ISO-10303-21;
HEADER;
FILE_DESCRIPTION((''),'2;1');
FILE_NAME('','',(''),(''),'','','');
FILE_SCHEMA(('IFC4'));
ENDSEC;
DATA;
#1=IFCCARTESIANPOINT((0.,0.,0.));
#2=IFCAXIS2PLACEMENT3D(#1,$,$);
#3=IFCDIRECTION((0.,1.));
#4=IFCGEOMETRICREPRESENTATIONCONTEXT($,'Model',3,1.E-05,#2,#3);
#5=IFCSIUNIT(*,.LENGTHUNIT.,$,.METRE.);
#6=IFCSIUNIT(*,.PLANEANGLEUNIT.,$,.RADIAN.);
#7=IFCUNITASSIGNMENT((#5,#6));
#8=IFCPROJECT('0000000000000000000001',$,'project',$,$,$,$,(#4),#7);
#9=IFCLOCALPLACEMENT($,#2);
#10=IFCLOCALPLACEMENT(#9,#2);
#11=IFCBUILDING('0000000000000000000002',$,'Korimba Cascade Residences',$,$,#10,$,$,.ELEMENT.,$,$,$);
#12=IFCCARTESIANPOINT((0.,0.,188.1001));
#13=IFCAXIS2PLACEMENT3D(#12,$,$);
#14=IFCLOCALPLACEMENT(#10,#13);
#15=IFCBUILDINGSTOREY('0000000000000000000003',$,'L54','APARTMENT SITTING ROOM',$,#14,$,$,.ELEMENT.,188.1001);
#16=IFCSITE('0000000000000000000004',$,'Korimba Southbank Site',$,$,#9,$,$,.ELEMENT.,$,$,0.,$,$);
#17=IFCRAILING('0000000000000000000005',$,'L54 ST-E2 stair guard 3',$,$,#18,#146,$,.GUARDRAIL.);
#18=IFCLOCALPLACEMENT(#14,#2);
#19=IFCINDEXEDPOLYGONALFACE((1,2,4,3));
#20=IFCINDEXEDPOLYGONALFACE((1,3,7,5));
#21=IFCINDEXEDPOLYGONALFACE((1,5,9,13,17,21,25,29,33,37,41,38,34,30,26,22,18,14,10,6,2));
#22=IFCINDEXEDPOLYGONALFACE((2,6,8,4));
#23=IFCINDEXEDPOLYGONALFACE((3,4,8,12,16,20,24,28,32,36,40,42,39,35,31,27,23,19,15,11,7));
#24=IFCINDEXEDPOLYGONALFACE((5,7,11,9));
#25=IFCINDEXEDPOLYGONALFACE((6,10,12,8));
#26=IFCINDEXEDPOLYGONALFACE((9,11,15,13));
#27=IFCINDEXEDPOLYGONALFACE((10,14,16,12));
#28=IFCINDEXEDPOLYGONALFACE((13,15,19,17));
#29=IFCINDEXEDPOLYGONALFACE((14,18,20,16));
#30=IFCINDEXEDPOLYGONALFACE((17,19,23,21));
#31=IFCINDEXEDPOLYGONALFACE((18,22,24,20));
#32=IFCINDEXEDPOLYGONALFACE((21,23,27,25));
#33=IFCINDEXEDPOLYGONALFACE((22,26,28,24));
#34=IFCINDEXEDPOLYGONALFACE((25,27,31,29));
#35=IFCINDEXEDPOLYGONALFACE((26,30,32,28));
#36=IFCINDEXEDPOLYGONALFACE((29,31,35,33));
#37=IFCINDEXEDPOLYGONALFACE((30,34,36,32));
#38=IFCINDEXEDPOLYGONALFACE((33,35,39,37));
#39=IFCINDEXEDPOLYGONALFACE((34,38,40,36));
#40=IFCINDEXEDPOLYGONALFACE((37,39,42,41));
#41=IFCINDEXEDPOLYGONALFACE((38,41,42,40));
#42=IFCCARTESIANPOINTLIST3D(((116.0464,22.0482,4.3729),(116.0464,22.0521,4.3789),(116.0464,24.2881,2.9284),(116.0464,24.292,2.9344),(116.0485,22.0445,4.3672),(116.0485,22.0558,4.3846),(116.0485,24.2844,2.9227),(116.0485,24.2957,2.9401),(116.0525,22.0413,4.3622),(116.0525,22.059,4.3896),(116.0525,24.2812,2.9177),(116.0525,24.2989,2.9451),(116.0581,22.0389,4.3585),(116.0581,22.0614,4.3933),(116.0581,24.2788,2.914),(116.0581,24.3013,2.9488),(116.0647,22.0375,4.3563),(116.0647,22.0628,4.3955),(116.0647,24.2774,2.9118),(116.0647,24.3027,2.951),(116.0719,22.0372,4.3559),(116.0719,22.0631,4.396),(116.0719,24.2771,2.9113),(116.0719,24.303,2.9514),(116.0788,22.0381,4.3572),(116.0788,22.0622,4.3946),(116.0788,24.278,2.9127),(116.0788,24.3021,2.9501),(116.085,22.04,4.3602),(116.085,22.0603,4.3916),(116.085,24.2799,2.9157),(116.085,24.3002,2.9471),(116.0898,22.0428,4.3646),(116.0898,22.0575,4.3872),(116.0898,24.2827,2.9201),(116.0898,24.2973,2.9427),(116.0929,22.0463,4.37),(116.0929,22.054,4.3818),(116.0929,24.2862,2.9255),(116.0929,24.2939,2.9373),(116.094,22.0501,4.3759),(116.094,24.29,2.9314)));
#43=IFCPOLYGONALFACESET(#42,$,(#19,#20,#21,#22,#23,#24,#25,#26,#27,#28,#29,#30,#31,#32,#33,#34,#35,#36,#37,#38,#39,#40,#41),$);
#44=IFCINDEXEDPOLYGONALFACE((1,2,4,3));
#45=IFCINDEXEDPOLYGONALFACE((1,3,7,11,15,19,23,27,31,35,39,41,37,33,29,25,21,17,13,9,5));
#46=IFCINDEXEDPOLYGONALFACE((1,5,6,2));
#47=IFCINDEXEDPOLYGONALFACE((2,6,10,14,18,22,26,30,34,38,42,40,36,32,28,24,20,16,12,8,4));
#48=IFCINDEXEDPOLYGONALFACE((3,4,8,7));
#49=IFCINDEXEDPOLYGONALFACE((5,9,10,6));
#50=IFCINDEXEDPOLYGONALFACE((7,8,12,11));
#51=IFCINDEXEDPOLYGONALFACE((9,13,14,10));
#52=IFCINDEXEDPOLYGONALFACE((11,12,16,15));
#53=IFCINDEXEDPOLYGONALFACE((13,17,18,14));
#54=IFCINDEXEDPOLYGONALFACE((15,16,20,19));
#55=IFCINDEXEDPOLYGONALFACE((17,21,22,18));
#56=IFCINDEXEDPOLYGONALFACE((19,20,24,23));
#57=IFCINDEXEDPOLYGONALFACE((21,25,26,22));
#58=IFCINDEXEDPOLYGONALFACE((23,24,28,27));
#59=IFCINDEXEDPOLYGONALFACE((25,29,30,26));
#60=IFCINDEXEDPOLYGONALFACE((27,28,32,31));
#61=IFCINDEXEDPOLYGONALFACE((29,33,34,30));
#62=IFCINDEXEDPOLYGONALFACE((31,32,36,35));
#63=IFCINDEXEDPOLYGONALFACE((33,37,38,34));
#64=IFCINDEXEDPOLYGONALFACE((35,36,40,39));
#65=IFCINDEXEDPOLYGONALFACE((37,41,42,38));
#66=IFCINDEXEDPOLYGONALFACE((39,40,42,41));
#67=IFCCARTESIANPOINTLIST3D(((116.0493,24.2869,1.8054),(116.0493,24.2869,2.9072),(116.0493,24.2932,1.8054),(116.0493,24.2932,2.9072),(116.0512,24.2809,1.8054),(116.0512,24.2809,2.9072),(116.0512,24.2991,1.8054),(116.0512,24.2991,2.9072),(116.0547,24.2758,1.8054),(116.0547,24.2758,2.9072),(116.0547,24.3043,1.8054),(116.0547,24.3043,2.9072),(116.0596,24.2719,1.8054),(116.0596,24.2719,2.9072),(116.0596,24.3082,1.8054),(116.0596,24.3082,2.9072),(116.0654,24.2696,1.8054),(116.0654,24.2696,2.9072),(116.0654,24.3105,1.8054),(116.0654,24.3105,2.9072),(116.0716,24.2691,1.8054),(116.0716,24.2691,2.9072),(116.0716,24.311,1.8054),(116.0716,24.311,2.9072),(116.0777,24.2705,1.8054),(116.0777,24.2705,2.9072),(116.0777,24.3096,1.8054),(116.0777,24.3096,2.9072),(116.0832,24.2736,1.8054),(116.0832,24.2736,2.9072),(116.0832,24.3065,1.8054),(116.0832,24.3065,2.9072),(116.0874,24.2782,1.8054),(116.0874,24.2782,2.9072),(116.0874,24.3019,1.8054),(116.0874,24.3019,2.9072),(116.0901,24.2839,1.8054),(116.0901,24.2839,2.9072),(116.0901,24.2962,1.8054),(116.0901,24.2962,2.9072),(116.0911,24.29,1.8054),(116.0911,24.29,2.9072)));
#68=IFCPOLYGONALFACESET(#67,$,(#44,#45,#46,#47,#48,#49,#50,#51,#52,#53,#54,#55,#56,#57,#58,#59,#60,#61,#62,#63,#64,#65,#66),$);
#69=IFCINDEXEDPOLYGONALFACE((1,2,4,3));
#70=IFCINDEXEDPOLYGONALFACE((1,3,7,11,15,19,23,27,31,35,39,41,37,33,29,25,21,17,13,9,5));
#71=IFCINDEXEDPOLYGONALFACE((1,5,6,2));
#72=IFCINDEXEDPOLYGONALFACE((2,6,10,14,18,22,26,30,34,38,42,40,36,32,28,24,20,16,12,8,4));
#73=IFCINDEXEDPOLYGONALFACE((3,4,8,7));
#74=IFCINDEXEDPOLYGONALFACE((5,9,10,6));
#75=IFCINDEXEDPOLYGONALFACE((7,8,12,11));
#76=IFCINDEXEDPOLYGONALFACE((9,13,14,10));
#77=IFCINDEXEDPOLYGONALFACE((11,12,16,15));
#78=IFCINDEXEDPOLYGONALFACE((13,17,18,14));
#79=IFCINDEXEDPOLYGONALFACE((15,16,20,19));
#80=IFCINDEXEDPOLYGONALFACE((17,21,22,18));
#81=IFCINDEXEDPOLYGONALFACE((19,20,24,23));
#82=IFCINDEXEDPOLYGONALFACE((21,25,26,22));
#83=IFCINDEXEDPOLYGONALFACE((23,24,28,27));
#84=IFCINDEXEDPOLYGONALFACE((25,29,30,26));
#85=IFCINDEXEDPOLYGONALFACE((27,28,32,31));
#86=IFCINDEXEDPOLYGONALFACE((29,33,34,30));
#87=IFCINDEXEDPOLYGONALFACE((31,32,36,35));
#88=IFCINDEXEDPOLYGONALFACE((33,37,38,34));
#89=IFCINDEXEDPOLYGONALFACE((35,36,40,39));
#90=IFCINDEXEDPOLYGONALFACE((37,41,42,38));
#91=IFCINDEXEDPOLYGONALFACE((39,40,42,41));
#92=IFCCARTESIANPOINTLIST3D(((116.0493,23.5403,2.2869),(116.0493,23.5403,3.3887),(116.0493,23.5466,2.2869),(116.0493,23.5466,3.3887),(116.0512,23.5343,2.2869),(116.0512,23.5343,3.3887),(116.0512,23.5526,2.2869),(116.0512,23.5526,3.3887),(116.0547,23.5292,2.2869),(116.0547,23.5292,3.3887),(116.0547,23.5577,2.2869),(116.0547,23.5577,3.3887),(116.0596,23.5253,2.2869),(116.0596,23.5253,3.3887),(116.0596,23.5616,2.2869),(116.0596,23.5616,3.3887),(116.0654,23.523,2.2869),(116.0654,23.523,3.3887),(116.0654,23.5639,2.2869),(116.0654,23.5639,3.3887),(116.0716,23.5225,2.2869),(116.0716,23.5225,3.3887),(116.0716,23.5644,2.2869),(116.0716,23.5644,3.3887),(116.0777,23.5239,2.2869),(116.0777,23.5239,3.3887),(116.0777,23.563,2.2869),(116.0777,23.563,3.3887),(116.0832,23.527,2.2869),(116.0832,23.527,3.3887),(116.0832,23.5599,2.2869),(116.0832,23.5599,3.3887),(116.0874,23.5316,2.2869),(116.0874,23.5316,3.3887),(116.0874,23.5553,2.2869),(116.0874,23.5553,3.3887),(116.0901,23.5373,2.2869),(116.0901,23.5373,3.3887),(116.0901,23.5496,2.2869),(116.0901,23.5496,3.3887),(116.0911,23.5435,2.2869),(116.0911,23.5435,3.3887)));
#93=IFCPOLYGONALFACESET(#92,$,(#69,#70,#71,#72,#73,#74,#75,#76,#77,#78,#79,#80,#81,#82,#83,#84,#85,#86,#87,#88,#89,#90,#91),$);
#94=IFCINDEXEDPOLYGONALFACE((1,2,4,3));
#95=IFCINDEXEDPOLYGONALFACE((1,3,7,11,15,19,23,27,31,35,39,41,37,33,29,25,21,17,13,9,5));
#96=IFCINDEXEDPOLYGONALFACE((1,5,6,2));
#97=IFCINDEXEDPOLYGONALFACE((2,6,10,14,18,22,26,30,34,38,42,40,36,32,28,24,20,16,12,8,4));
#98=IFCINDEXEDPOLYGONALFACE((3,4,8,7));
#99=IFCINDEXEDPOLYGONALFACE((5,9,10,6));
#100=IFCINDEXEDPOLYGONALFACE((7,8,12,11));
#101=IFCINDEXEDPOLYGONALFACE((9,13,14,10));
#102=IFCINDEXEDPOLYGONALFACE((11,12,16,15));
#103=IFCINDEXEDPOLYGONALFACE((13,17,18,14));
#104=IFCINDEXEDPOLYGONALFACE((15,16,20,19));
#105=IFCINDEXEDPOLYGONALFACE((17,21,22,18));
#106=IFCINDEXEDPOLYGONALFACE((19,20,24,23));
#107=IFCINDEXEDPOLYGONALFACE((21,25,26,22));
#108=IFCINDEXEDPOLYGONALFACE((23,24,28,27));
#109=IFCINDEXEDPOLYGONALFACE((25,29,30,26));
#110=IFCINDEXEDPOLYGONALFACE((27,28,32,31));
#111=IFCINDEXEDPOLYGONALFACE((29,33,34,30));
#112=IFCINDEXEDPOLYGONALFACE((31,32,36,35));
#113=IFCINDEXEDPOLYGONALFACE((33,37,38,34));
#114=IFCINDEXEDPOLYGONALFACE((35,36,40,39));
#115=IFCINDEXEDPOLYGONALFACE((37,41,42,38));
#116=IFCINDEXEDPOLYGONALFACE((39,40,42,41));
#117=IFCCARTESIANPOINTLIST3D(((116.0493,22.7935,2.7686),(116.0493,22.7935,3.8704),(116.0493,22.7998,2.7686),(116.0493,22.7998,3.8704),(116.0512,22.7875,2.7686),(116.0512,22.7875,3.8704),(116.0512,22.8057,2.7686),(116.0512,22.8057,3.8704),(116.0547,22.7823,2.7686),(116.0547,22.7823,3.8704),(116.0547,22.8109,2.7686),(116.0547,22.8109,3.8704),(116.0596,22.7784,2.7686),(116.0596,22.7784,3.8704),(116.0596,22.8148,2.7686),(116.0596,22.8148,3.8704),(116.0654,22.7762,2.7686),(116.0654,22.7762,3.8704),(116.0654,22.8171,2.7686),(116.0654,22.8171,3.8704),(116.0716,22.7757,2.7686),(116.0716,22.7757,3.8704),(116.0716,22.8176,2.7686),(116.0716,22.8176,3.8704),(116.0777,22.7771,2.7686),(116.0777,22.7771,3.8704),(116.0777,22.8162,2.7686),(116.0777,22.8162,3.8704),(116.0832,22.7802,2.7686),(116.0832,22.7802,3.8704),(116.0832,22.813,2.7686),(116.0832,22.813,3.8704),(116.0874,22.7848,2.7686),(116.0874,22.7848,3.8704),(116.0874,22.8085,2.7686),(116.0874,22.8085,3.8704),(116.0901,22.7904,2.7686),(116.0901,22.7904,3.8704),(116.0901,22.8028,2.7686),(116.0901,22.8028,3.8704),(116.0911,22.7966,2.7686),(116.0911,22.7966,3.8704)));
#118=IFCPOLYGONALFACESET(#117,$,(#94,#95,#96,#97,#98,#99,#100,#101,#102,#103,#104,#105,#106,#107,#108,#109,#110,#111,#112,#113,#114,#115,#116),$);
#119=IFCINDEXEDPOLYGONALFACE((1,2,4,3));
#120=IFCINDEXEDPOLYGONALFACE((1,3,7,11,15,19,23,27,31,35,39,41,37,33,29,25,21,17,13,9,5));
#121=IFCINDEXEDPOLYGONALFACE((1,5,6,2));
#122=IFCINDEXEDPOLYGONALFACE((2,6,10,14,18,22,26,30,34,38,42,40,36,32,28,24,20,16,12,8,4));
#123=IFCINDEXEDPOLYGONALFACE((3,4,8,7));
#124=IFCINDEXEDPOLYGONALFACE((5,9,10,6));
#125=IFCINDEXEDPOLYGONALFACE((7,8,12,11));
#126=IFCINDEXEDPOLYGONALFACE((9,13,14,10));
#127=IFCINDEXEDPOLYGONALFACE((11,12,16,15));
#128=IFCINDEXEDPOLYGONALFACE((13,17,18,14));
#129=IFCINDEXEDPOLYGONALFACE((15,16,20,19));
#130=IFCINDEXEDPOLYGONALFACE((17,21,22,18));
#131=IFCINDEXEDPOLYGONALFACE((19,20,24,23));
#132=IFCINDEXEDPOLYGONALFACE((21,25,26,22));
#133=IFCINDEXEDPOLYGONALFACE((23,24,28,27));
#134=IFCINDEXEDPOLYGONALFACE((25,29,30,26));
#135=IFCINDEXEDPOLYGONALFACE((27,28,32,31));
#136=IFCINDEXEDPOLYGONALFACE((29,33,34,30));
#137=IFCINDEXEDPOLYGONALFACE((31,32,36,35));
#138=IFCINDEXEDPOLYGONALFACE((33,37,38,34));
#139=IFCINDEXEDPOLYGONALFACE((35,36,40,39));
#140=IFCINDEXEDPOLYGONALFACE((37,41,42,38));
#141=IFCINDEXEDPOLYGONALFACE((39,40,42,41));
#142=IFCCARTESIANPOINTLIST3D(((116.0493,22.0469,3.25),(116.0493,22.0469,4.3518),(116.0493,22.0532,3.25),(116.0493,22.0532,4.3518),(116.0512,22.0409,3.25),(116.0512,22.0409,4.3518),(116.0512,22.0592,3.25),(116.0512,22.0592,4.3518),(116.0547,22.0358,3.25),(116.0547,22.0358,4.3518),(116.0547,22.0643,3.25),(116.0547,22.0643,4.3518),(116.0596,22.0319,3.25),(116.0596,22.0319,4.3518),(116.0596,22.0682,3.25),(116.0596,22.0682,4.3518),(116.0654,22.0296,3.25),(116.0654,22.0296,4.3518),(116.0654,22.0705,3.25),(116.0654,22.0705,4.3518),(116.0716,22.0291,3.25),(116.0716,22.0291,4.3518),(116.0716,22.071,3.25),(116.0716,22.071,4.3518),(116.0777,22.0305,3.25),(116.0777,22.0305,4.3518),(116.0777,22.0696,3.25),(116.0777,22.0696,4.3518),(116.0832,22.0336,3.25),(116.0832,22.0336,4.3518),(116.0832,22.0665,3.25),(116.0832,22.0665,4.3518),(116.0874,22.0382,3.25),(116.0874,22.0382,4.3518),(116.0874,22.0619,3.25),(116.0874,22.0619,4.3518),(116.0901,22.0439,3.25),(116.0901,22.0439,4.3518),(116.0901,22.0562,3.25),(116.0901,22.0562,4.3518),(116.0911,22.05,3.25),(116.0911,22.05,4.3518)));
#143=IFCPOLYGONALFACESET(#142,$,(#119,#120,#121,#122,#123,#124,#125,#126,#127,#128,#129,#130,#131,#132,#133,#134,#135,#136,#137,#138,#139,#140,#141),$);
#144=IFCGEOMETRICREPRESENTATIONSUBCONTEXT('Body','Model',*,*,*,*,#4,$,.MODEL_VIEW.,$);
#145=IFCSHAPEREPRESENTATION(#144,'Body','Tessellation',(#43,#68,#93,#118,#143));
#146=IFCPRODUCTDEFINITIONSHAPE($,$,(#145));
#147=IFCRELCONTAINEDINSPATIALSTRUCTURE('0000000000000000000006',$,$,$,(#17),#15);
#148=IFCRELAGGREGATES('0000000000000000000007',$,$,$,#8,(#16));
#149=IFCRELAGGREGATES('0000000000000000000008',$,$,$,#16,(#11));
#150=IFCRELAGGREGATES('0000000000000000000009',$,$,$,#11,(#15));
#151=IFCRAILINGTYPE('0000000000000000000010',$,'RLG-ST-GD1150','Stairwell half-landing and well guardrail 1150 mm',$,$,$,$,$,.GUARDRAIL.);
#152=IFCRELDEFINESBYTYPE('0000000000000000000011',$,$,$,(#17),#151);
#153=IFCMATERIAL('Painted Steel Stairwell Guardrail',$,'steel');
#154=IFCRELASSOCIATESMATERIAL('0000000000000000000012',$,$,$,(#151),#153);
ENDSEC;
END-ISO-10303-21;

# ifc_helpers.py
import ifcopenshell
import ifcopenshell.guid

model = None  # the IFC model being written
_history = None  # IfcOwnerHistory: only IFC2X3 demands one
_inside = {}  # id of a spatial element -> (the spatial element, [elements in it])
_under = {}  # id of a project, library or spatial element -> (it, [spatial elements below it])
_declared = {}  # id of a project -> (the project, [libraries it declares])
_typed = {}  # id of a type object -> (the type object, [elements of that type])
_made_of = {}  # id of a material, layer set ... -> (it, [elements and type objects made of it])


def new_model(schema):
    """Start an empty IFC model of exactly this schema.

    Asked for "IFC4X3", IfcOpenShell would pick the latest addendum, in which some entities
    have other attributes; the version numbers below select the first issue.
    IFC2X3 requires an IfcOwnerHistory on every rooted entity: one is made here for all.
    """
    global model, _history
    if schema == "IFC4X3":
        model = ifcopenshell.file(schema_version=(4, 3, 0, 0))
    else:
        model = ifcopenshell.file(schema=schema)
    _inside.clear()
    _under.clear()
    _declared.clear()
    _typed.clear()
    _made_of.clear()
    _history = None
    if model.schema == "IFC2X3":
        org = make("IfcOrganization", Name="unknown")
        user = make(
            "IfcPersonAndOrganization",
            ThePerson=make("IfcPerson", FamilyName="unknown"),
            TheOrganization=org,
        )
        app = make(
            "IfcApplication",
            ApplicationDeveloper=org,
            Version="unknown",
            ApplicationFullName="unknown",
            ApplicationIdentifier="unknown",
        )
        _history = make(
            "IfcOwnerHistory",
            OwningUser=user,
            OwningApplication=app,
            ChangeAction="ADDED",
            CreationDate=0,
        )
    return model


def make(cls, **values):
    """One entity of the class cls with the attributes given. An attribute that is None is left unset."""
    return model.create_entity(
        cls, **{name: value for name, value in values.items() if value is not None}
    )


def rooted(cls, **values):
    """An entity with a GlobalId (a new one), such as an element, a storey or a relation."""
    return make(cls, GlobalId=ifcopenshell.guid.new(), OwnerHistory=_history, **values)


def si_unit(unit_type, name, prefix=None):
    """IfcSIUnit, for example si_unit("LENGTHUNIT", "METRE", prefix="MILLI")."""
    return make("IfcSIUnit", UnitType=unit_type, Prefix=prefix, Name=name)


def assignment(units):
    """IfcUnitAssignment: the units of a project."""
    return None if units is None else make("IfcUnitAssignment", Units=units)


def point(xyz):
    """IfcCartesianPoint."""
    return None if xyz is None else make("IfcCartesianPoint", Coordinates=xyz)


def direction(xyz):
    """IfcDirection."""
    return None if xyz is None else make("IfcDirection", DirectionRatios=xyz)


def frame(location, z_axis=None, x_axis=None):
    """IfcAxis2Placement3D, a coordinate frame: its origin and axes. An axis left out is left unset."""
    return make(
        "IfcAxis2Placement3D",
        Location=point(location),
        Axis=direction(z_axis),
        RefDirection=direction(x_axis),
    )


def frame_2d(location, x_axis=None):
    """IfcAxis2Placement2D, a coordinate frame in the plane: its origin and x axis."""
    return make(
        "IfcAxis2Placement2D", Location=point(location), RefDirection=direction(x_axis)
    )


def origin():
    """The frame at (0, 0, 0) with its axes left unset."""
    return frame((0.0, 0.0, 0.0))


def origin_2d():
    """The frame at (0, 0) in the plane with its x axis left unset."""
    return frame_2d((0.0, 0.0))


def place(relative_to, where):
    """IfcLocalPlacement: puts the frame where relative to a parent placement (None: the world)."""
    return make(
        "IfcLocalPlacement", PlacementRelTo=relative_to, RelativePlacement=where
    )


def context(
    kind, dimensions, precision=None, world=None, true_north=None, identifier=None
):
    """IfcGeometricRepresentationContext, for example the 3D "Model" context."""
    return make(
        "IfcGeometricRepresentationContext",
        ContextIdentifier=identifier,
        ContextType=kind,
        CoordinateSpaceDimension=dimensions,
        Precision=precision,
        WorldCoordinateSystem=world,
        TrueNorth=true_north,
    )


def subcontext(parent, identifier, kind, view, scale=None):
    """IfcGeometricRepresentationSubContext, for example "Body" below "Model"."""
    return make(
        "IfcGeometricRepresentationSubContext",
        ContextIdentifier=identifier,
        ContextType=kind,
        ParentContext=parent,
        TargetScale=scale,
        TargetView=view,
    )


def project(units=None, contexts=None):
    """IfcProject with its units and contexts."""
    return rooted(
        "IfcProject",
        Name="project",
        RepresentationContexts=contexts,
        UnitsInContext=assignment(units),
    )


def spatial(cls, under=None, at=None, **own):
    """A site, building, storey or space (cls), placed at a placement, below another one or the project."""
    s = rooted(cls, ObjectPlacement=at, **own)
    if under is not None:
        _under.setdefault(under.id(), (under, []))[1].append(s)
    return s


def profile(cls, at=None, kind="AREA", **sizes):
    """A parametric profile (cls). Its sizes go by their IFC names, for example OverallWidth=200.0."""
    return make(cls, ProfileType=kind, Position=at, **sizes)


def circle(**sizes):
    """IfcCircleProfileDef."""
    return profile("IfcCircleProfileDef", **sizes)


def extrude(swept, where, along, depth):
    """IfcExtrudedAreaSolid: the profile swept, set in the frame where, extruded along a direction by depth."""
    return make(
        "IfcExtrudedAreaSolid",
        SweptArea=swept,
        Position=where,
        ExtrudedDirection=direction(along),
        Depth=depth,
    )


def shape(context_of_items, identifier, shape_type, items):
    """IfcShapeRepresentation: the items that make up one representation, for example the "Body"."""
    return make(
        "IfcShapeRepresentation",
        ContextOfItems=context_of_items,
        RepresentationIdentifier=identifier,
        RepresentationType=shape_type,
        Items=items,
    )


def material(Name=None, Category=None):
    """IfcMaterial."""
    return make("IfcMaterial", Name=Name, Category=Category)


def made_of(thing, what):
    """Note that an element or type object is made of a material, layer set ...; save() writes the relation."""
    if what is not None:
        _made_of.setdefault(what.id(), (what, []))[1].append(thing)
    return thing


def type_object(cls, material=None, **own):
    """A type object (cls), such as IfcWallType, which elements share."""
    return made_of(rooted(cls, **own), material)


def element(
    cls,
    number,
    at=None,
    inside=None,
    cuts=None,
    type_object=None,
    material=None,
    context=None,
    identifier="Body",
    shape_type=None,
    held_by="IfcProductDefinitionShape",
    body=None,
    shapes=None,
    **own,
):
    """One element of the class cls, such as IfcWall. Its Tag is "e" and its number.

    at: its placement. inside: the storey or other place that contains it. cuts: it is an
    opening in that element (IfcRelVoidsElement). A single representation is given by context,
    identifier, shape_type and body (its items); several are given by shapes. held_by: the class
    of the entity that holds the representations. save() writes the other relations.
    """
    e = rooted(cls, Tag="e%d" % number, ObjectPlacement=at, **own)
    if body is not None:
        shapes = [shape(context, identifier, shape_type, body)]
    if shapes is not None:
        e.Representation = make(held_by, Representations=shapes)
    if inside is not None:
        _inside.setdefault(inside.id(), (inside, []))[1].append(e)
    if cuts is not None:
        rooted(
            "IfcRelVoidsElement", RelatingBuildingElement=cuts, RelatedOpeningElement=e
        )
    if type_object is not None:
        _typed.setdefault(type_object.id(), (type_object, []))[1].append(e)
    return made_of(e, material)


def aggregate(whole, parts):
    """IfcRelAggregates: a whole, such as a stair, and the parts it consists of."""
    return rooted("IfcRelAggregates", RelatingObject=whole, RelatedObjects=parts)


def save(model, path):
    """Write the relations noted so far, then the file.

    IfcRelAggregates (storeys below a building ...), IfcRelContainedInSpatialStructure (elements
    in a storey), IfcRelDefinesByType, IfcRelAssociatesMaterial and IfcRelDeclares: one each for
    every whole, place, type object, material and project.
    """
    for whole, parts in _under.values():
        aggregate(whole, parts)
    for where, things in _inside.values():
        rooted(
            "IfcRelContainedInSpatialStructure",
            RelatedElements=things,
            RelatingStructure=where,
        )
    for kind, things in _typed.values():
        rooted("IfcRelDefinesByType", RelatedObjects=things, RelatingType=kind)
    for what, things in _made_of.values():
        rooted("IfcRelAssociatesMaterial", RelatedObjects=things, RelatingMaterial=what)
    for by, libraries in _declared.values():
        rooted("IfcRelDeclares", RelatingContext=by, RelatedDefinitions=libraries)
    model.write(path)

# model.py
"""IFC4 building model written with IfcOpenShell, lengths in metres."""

from ifc_helpers import new_model, si_unit, direction, frame, origin, origin_2d, place, context, subcontext, project, spatial, circle, extrude, material, type_object, element, save


model = new_model("IFC4")

# Units and contexts
model_context = context("Model", 3, precision=1e-05, world=origin(), true_north=direction((0.0, 1.0)))
body_context = subcontext(model_context, "Body", "Model", "MODEL_VIEW")
ifc_project = project(units=[si_unit("LENGTHUNIT", "METRE"), si_unit("PLANEANGLEUNIT", "RADIAN")], contexts=[model_context])

# Site, building, storey
site_placement = place(None, origin())
site = spatial("IfcSite", under=ifc_project, at=site_placement, Name="Korimba Southbank Site", CompositionType="ELEMENT", RefElevation=0.0)
building_placement = place(site_placement, origin())
building = spatial("IfcBuilding", under=site, at=building_placement, Name="Korimba Cascade Residences", CompositionType="ELEMENT")
storey_placement = place(building_placement, frame((0.0, 0.0, 188.1001)))
storey = spatial("IfcBuildingStorey", under=building, at=storey_placement, Name="L54", Description="APARTMENT SITTING ROOM", CompositionType="ELEMENT", Elevation=188.1001)

# Railing
ifc_material_1 = material(Name="Painted Steel Stairwell Guardrail", Category="steel")
railing_type_1 = type_object("IfcRailingType", Name="RLG-ST-GD1150", Description="Stairwell half-landing and well guardrail 1150 mm", PredefinedType="GUARDRAIL", material=ifc_material_1)
railing_1_placement = place(storey_placement, frame((116.0701, 24.29, 1.8054)))
element("IfcRailing", 1, at=railing_1_placement, inside=storey, type_object=railing_type_1, Name="L54 ST-E2 stair guard 3", PredefinedType="GUARDRAIL", context=body_context, shape_type="SweptSolid", body=[
    extrude(circle(Radius=0.0239, at=origin_2d()), frame((0.0, 0.0, 1.126), z_axis=(0.0, -0.840395, 0.541975), x_axis=(1.0, 0.0, 0.0)), (0.0, 0.0, 1.0), 2.6653),
    extrude(circle(Radius=0.021, at=origin_2d()), origin(), (0.0, 0.0, 1.0), 1.1018),
    extrude(circle(Radius=0.021, at=origin_2d()), frame((0.0, -0.7466, 0.4814)), (0.0, 0.0, 1.0), 1.1018),
    extrude(circle(Radius=0.021, at=origin_2d()), frame((0.0, -1.4934, 0.9631)), (0.0, 0.0, 1.0), 1.1018),
    extrude(circle(Radius=0.021, at=origin_2d()), frame((0.0, -2.24, 1.4446)), (0.0, 0.0, 1.0), 1.1018),
])

save(model, "model.ifc")
